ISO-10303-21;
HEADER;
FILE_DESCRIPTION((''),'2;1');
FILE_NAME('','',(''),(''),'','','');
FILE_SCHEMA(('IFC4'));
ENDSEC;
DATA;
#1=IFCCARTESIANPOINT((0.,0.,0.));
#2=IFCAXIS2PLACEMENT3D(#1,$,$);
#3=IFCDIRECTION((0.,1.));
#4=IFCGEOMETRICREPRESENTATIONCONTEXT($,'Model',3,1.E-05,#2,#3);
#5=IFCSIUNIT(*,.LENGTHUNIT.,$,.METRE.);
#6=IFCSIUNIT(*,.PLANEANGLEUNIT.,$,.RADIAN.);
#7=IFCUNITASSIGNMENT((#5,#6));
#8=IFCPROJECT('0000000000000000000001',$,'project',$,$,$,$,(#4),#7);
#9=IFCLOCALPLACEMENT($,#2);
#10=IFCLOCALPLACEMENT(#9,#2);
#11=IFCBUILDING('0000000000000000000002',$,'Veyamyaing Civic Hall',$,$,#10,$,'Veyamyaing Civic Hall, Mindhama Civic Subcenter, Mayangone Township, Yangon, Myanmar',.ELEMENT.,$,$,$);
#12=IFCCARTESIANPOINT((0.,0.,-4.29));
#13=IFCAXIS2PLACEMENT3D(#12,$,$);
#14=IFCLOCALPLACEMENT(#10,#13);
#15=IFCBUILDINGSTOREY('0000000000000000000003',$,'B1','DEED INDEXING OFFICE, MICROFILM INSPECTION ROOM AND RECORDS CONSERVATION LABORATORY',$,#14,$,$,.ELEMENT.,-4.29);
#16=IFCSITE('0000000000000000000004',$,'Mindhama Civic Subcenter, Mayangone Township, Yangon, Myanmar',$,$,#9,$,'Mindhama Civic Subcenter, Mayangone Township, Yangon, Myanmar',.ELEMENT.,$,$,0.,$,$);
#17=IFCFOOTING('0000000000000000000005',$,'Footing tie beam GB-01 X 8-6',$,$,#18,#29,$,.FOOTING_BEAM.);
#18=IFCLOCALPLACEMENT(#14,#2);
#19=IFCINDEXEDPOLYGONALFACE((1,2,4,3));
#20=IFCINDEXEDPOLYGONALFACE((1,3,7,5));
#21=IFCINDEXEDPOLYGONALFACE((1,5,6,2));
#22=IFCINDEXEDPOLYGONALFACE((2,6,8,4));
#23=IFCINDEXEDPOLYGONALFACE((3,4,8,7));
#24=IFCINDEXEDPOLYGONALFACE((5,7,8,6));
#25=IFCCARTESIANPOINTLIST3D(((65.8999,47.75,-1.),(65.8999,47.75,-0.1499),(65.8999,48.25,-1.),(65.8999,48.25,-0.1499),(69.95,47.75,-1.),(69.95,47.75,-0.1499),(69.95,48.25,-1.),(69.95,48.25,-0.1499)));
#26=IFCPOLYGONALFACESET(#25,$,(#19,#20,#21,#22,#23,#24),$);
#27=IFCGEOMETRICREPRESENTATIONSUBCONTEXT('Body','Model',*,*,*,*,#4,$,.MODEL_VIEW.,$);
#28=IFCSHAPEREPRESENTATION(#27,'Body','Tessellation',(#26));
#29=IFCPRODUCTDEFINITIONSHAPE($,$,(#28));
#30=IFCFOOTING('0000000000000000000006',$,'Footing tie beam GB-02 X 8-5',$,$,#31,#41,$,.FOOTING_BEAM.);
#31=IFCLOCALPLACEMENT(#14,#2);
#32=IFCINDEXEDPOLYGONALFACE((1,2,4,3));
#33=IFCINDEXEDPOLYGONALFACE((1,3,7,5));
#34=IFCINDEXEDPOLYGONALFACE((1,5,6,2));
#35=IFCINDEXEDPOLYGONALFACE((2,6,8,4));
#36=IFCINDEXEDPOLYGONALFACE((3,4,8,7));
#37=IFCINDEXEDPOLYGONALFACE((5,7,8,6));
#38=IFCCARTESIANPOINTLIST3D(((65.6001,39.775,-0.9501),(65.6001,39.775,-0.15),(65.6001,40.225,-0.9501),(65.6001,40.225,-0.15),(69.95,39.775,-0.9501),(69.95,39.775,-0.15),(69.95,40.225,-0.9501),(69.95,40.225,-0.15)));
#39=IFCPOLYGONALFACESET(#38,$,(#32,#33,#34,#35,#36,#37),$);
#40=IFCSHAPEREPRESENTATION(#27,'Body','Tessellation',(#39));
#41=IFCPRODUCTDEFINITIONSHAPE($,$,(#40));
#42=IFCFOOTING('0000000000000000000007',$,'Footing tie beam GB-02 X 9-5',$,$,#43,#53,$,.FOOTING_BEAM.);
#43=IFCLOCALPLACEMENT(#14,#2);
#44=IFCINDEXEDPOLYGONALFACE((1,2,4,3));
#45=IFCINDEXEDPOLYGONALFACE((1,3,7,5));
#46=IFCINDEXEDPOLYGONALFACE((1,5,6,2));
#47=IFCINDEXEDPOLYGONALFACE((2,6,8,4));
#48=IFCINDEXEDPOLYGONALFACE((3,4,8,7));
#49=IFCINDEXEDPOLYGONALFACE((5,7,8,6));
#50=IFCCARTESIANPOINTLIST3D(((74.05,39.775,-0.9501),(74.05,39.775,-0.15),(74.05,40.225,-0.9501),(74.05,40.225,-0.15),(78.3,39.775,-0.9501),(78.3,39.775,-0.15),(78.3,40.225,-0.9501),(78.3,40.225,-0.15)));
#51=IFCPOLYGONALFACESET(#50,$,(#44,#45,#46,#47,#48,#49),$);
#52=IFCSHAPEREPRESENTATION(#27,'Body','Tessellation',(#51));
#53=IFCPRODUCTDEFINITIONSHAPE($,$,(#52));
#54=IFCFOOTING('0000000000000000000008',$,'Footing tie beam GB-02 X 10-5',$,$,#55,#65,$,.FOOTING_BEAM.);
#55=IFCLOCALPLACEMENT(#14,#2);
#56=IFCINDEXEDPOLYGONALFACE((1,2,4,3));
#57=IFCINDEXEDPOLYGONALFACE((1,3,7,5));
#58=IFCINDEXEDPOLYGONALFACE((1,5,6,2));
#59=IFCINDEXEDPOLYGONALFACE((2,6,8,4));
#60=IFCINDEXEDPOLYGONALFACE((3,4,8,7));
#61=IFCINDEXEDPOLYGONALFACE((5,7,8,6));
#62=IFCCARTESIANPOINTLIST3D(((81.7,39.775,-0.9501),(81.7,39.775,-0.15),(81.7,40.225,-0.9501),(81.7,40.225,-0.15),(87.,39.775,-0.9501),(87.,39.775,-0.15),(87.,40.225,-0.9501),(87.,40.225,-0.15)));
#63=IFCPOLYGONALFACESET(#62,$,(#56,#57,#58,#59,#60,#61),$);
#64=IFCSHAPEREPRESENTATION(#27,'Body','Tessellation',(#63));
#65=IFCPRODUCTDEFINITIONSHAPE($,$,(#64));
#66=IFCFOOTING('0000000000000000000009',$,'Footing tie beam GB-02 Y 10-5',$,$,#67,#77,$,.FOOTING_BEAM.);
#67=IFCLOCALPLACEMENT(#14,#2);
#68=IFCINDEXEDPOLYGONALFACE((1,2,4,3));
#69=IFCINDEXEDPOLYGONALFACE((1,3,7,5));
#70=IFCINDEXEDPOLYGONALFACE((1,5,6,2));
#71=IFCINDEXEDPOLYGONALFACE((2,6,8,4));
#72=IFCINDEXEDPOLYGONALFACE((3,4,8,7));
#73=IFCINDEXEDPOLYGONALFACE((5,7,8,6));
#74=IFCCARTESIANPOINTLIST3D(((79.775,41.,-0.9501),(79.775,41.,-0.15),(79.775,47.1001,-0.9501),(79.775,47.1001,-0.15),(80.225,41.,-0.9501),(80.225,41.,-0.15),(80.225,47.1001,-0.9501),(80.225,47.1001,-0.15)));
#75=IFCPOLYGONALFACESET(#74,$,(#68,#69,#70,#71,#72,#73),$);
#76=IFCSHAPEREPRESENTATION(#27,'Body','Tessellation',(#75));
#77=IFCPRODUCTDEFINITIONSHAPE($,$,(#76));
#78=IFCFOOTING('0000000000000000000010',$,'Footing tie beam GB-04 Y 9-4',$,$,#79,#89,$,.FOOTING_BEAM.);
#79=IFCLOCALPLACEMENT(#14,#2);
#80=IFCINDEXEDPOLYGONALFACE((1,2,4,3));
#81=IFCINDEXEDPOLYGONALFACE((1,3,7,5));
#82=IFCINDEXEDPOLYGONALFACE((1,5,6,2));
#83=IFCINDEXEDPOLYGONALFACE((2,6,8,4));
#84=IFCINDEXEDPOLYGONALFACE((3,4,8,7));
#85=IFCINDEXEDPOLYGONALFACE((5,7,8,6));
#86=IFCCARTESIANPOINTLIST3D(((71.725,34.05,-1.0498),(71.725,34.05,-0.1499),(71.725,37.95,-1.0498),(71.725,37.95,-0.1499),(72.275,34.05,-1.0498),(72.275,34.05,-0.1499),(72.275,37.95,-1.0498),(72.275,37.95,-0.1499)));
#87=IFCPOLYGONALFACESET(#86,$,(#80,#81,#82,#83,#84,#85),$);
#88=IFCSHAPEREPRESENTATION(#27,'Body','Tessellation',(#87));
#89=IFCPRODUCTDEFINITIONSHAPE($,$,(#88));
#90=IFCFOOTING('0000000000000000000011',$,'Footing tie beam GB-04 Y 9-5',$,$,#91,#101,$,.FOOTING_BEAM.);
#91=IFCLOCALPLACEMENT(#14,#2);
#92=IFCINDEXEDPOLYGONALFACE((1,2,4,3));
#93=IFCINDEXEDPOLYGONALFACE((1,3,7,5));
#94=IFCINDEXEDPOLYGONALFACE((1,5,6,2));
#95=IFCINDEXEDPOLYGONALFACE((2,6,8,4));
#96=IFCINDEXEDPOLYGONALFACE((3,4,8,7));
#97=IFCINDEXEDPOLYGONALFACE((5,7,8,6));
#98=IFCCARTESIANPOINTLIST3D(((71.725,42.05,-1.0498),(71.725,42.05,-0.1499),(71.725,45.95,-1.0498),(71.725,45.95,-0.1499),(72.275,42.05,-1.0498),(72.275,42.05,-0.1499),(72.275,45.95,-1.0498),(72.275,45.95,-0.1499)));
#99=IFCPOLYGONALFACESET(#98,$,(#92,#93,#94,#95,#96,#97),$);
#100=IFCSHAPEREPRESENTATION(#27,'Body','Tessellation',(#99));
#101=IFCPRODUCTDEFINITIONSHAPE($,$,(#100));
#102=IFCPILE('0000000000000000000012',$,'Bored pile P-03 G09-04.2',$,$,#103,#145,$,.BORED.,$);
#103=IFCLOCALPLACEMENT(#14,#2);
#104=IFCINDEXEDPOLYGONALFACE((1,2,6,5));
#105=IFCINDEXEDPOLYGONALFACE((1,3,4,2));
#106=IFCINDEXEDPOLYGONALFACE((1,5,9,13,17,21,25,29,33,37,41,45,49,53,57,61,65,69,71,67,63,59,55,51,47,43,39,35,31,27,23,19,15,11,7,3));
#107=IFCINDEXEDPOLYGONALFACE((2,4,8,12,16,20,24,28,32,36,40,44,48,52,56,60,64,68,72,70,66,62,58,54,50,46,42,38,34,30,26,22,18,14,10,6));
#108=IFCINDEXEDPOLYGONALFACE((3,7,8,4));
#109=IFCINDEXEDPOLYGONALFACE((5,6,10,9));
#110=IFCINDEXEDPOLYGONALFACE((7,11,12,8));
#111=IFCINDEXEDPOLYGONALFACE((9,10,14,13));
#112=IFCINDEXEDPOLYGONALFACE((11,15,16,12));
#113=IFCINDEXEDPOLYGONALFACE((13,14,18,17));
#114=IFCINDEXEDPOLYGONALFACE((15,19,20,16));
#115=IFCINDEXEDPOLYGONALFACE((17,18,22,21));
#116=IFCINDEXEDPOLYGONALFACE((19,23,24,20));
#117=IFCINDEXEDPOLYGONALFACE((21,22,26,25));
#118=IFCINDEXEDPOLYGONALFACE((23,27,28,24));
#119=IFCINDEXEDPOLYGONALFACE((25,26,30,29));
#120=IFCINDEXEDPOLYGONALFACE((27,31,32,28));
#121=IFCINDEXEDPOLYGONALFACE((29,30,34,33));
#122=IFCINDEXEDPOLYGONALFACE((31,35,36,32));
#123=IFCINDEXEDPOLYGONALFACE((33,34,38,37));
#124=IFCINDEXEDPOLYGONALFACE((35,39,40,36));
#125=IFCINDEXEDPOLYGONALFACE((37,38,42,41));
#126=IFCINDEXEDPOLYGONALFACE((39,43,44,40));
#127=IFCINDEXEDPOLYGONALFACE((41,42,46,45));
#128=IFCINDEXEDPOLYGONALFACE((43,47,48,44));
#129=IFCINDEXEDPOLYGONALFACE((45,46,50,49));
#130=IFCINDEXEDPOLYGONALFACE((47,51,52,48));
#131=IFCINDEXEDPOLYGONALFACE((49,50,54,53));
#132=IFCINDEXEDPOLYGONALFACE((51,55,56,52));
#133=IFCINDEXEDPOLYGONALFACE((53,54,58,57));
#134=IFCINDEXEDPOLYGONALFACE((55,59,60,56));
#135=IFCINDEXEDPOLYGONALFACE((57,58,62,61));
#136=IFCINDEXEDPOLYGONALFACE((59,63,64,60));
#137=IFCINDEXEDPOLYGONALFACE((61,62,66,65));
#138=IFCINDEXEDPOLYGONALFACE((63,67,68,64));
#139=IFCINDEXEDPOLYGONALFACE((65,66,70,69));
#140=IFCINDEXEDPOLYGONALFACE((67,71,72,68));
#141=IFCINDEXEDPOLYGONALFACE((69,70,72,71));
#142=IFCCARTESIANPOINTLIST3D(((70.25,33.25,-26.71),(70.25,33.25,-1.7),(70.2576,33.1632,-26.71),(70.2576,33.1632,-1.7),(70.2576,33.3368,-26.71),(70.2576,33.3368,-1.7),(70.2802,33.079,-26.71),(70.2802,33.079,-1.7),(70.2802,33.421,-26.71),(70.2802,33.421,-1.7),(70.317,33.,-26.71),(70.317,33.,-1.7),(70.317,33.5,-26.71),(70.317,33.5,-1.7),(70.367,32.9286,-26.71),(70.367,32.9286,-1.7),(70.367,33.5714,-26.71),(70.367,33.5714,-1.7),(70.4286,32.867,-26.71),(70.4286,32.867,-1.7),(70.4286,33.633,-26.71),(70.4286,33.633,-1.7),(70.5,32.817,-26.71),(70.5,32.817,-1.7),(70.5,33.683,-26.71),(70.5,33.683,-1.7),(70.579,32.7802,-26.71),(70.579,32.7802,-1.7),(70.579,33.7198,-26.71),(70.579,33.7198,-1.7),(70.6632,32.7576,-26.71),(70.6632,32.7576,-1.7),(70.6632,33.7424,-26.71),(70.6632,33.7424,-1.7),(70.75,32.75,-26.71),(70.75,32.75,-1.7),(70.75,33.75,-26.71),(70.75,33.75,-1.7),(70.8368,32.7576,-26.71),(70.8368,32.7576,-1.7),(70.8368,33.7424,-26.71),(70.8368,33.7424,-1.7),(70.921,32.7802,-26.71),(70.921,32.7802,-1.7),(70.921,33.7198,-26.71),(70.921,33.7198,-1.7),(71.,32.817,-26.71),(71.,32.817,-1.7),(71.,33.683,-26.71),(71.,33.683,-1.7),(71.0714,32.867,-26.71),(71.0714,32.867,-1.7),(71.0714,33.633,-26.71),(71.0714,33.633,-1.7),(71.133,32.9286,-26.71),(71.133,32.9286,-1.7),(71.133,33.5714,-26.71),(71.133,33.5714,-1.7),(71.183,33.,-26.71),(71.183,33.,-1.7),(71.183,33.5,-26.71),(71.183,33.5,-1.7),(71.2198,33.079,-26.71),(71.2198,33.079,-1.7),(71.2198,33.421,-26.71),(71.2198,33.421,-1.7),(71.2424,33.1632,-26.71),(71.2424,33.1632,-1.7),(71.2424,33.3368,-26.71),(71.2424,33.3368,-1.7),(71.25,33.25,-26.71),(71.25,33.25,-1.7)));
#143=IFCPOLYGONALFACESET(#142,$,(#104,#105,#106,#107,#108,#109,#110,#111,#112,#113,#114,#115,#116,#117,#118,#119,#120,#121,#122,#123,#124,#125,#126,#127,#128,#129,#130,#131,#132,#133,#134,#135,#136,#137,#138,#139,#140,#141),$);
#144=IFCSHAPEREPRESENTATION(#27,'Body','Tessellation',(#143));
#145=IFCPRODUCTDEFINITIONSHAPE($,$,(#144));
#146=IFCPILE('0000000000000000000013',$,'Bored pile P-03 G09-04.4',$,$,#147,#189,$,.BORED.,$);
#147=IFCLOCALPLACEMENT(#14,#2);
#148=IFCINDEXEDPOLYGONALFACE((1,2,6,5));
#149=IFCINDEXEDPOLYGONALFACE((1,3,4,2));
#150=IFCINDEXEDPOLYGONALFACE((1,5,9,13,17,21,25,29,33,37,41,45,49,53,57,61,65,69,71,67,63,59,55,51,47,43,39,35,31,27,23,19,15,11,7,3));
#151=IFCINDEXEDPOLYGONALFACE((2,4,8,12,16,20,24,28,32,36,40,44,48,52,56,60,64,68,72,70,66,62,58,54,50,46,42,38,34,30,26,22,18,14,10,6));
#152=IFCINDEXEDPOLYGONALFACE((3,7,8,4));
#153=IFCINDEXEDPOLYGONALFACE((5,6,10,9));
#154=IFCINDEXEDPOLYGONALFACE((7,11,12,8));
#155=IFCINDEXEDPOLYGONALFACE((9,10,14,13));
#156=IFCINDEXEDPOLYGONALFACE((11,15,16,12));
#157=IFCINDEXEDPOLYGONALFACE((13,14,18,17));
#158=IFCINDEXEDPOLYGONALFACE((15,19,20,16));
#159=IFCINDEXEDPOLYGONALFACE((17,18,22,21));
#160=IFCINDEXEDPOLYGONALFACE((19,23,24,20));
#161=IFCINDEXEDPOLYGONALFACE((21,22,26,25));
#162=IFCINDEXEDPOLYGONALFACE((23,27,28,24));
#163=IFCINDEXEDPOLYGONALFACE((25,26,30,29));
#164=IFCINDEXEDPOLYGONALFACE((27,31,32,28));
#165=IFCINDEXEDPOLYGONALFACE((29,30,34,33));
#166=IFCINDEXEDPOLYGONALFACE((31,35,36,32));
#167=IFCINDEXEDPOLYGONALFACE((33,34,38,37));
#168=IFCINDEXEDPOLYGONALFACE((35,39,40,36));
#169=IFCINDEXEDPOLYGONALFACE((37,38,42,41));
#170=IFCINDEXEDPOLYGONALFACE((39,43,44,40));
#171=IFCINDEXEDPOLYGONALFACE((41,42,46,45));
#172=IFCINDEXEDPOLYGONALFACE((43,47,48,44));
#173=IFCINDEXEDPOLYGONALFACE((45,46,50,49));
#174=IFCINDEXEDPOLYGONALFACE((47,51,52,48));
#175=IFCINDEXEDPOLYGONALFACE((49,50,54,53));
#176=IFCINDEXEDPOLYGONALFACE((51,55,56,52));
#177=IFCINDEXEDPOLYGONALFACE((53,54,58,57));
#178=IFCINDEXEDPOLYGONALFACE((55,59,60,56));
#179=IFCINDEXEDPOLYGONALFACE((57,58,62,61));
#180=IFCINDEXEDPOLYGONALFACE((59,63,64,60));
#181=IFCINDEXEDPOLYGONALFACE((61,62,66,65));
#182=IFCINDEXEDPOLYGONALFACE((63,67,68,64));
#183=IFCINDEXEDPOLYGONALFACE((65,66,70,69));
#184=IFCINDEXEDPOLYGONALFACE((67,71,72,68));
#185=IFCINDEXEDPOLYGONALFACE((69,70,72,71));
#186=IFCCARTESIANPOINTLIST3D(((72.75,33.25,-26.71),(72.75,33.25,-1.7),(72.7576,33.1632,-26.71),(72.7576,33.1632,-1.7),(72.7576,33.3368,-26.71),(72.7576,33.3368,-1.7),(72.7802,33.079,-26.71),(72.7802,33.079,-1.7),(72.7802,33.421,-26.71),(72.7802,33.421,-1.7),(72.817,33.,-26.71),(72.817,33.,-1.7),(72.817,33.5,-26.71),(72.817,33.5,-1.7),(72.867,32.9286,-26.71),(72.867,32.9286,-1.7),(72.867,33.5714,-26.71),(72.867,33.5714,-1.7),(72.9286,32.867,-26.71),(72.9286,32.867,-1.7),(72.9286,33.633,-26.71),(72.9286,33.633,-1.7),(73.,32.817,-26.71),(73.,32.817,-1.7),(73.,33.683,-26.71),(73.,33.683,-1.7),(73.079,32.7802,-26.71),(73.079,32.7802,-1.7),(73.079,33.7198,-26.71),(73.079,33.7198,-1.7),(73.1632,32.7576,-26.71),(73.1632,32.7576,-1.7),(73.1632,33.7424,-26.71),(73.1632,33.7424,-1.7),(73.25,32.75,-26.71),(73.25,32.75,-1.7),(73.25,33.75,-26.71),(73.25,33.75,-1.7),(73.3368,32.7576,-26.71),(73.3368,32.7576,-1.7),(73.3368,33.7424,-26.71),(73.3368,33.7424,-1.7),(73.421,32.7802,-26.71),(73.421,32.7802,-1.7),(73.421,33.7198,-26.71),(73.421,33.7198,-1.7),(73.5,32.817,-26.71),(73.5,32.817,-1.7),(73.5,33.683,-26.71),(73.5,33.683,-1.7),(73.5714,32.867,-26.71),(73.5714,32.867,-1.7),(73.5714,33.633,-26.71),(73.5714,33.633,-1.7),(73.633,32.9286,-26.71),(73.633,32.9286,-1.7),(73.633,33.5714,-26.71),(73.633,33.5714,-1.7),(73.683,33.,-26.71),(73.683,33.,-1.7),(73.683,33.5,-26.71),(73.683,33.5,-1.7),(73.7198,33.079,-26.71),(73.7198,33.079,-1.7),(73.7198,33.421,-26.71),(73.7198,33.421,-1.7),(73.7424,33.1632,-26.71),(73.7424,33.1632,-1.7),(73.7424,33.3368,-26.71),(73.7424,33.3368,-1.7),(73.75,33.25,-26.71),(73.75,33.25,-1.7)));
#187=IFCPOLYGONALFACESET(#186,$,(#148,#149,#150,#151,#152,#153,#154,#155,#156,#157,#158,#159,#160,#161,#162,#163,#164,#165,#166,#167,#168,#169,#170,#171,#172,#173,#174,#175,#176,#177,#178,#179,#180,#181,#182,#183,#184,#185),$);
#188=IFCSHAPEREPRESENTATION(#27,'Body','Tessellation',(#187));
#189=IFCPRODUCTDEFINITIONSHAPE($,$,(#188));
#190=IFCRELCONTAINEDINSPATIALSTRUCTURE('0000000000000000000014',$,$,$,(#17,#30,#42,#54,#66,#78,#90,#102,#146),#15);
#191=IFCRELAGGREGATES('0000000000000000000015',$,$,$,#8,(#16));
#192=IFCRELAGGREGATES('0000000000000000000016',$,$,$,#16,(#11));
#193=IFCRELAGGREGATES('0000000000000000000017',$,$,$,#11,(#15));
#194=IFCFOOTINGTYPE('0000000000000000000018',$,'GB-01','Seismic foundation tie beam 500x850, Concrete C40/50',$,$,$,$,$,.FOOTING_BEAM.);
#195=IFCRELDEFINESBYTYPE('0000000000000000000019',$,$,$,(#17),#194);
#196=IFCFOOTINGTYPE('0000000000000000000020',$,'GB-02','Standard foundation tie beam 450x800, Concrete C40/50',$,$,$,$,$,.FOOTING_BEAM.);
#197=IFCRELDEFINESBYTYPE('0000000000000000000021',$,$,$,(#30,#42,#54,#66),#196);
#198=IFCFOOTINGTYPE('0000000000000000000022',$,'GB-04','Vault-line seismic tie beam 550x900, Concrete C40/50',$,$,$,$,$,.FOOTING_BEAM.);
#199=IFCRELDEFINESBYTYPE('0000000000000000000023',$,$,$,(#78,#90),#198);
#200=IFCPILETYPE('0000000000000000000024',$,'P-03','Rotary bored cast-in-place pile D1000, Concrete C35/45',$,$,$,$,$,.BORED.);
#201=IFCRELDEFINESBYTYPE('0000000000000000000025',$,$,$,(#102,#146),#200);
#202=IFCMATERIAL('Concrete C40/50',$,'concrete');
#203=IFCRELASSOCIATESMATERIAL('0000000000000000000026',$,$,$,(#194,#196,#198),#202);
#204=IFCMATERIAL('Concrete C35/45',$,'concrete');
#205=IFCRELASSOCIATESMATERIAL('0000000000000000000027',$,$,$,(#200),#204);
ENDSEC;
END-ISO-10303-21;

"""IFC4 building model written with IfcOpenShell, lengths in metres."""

from ifc_helpers import new_model, si_unit, direction, frame, origin, origin_2d, place, context, subcontext, project, spatial, rectangle, circle, extrude, material, material_profile, profile_set, type_object, element, save


model = new_model("IFC4")

# Units and contexts
model_context = context("Model", 3, precision=1e-05, world=origin(), true_north=direction((0.0, 1.0)))
body_context = subcontext(model_context, "Body", "Model", "MODEL_VIEW")
ifc_project = project(units=[si_unit("LENGTHUNIT", "METRE"), si_unit("PLANEANGLEUNIT", "RADIAN")], contexts=[model_context])

# Site, building, storey
site_placement = place(None, origin())
site = spatial("IfcSite", under=ifc_project, at=site_placement, Name="Mindhama Civic Subcenter, Mayangone Township, Yangon, Myanmar", LongName="Mindhama Civic Subcenter, Mayangone Township, Yangon, Myanmar", CompositionType="ELEMENT", RefElevation=0.0)
building_placement = place(site_placement, origin())
building = spatial("IfcBuilding", under=site, at=building_placement, Name="Veyamyaing Civic Hall", LongName="Veyamyaing Civic Hall, Mindhama Civic Subcenter, Mayangone Township, Yangon, Myanmar", CompositionType="ELEMENT")
storey_placement = place(building_placement, frame((0.0, 0.0, -4.29)))
storey = spatial("IfcBuildingStorey", under=building, at=storey_placement, Name="B1", Description="DEED INDEXING OFFICE, MICROFILM INSPECTION ROOM AND RECORDS CONSERVATION LABORATORY", CompositionType="ELEMENT", Elevation=-4.29)

# Footings
ifc_material_1 = material(Name="Concrete C40/50", Category="concrete")
ifc_material_profile_1 = material_profile(ifc_material_1, rectangle(XDim=0.5, YDim=0.8501, at=origin_2d()), Name="GB-500X850")
ifc_profile_set_1 = profile_set([ifc_material_profile_1], Name="Concrete C40/50")
footing_type_1 = type_object("IfcFootingType", Name="GB-01", Description="Seismic foundation tie beam 500x850, Concrete C40/50", PredefinedType="FOOTING_BEAM", material=ifc_profile_set_1)
footing_1_placement = place(storey_placement, frame((65.8999, 48.0, -0.575), z_axis=(1.0, 0.0, 0.0), x_axis=(0.0, 1.0, 0.0)))
element("IfcFooting", 1, at=footing_1_placement, inside=storey, type_object=footing_type_1, Name="Footing tie beam GB-01 X 8-6", PredefinedType="FOOTING_BEAM", context=body_context, shape_type="SweptSolid", body=[
    extrude(rectangle(XDim=0.5, YDim=0.8501, at=origin_2d()), origin(), (0.0, 0.0, 1.0), 4.05),
])
ifc_material_profile_2 = material_profile(ifc_material_1, rectangle(XDim=0.45, YDim=0.8, at=origin_2d()), Name="GB-450X800")
ifc_profile_set_2 = profile_set([ifc_material_profile_2], Name="Concrete C40/50")
footing_type_2 = type_object("IfcFootingType", Name="GB-02", Description="Standard foundation tie beam 450x800, Concrete C40/50", PredefinedType="FOOTING_BEAM", material=ifc_profile_set_2)
footing_2_placement = place(storey_placement, frame((65.6001, 40.0, -0.55), z_axis=(1.0, 0.0, 0.0), x_axis=(0.0, 1.0, 0.0)))
element("IfcFooting", 2, at=footing_2_placement, inside=storey, type_object=footing_type_2, Name="Footing tie beam GB-02 X 8-5", PredefinedType="FOOTING_BEAM", context=body_context, shape_type="SweptSolid", body=[
    extrude(rectangle(XDim=0.45, YDim=0.8, at=origin_2d()), origin(), (0.0, 0.0, 1.0), 4.3499),
])
footing_3_placement = place(storey_placement, frame((74.05, 40.0, -0.55), z_axis=(1.0, 0.0, 0.0), x_axis=(0.0, 1.0, 0.0)))
element("IfcFooting", 3, at=footing_3_placement, inside=storey, type_object=footing_type_2, Name="Footing tie beam GB-02 X 9-5", PredefinedType="FOOTING_BEAM", context=body_context, shape_type="SweptSolid", body=[
    extrude(rectangle(XDim=0.45, YDim=0.8, at=origin_2d()), origin(), (0.0, 0.0, 1.0), 4.25),
])
footing_4_placement = place(storey_placement, frame((81.7, 40.0, -0.55), z_axis=(1.0, 0.0, 0.0), x_axis=(0.0, 1.0, 0.0)))
element("IfcFooting", 4, at=footing_4_placement, inside=storey, type_object=footing_type_2, Name="Footing tie beam GB-02 X 10-5", PredefinedType="FOOTING_BEAM", context=body_context, shape_type="SweptSolid", body=[
    extrude(rectangle(XDim=0.45, YDim=0.8, at=origin_2d()), origin(), (0.0, 0.0, 1.0), 5.3),
])
footing_5_placement = place(storey_placement, frame((80.0, 41.0, -0.55), z_axis=(0.0, 1.0, 0.0), x_axis=(-1.0, 0.0, 0.0)))
element("IfcFooting", 5, at=footing_5_placement, inside=storey, type_object=footing_type_2, Name="Footing tie beam GB-02 Y 10-5", PredefinedType="FOOTING_BEAM", context=body_context, shape_type="SweptSolid", body=[
    extrude(rectangle(XDim=0.45, YDim=0.8, at=origin_2d()), origin(), (0.0, 0.0, 1.0), 6.1001),
])
ifc_material_profile_3 = material_profile(ifc_material_1, rectangle(XDim=0.55, YDim=0.8999, at=origin_2d()), Name="GB-550X900")
ifc_profile_set_3 = profile_set([ifc_material_profile_3], Name="Concrete C40/50")
footing_type_3 = type_object("IfcFootingType", Name="GB-04", Description="Vault-line seismic tie beam 550x900, Concrete C40/50", PredefinedType="FOOTING_BEAM", material=ifc_profile_set_3)
for number, where, z_axis, x_axis, name in (
    (6, (72.0, 34.05, -0.5999), (0.0, 1.0, 0.0), (-1.0, 0.0, 0.0), "Footing tie beam GB-04 Y 9-4"),
    (7, (72.0, 42.05, -0.5999), (0.0, 1.0, 0.0), (-1.0, 0.0, 0.0), "Footing tie beam GB-04 Y 9-5"),
):
    element("IfcFooting", number, at=place(storey_placement, frame(where, z_axis=z_axis, x_axis=x_axis)), inside=storey, type_object=footing_type_3, Name=name, PredefinedType="FOOTING_BEAM", context=body_context, shape_type="SweptSolid", body=[
        extrude(rectangle(XDim=0.55, YDim=0.8999, at=origin_2d()), origin(), (0.0, 0.0, 1.0), 3.8999),
    ])

# Piles
ifc_material_2 = material(Name="Concrete C35/45", Category="concrete")
ifc_material_profile_4 = material_profile(ifc_material_2, circle(Radius=0.5, at=origin_2d()), Name="PILE-D1000")
ifc_profile_set_4 = profile_set([ifc_material_profile_4], Name="Concrete C35/45")
pile_type_1 = type_object("IfcPileType", Name="P-03", Description="Rotary bored cast-in-place pile D1000, Concrete C35/45", PredefinedType="BORED", material=ifc_profile_set_4)
for number, where, z_axis, x_axis, name in (
    (8, (70.75, 33.25, -1.7), (0.0, 0.0, -1.0), (1.0, 0.0, 0.0), "Bored pile P-03 G09-04.2"),
    (9, (73.25, 33.25, -1.7), (0.0, 0.0, -1.0), (1.0, 0.0, 0.0), "Bored pile P-03 G09-04.4"),
):
    element("IfcPile", number, at=place(storey_placement, frame(where, z_axis=z_axis, x_axis=x_axis)), inside=storey, type_object=pile_type_1, Name=name, PredefinedType="BORED", context=body_context, shape_type="SweptSolid", body=[
        extrude(circle(Radius=0.5, at=origin_2d()), origin(), (0.0, 0.0, 1.0), 25.01),
    ])

save(model, "model.ifc")
